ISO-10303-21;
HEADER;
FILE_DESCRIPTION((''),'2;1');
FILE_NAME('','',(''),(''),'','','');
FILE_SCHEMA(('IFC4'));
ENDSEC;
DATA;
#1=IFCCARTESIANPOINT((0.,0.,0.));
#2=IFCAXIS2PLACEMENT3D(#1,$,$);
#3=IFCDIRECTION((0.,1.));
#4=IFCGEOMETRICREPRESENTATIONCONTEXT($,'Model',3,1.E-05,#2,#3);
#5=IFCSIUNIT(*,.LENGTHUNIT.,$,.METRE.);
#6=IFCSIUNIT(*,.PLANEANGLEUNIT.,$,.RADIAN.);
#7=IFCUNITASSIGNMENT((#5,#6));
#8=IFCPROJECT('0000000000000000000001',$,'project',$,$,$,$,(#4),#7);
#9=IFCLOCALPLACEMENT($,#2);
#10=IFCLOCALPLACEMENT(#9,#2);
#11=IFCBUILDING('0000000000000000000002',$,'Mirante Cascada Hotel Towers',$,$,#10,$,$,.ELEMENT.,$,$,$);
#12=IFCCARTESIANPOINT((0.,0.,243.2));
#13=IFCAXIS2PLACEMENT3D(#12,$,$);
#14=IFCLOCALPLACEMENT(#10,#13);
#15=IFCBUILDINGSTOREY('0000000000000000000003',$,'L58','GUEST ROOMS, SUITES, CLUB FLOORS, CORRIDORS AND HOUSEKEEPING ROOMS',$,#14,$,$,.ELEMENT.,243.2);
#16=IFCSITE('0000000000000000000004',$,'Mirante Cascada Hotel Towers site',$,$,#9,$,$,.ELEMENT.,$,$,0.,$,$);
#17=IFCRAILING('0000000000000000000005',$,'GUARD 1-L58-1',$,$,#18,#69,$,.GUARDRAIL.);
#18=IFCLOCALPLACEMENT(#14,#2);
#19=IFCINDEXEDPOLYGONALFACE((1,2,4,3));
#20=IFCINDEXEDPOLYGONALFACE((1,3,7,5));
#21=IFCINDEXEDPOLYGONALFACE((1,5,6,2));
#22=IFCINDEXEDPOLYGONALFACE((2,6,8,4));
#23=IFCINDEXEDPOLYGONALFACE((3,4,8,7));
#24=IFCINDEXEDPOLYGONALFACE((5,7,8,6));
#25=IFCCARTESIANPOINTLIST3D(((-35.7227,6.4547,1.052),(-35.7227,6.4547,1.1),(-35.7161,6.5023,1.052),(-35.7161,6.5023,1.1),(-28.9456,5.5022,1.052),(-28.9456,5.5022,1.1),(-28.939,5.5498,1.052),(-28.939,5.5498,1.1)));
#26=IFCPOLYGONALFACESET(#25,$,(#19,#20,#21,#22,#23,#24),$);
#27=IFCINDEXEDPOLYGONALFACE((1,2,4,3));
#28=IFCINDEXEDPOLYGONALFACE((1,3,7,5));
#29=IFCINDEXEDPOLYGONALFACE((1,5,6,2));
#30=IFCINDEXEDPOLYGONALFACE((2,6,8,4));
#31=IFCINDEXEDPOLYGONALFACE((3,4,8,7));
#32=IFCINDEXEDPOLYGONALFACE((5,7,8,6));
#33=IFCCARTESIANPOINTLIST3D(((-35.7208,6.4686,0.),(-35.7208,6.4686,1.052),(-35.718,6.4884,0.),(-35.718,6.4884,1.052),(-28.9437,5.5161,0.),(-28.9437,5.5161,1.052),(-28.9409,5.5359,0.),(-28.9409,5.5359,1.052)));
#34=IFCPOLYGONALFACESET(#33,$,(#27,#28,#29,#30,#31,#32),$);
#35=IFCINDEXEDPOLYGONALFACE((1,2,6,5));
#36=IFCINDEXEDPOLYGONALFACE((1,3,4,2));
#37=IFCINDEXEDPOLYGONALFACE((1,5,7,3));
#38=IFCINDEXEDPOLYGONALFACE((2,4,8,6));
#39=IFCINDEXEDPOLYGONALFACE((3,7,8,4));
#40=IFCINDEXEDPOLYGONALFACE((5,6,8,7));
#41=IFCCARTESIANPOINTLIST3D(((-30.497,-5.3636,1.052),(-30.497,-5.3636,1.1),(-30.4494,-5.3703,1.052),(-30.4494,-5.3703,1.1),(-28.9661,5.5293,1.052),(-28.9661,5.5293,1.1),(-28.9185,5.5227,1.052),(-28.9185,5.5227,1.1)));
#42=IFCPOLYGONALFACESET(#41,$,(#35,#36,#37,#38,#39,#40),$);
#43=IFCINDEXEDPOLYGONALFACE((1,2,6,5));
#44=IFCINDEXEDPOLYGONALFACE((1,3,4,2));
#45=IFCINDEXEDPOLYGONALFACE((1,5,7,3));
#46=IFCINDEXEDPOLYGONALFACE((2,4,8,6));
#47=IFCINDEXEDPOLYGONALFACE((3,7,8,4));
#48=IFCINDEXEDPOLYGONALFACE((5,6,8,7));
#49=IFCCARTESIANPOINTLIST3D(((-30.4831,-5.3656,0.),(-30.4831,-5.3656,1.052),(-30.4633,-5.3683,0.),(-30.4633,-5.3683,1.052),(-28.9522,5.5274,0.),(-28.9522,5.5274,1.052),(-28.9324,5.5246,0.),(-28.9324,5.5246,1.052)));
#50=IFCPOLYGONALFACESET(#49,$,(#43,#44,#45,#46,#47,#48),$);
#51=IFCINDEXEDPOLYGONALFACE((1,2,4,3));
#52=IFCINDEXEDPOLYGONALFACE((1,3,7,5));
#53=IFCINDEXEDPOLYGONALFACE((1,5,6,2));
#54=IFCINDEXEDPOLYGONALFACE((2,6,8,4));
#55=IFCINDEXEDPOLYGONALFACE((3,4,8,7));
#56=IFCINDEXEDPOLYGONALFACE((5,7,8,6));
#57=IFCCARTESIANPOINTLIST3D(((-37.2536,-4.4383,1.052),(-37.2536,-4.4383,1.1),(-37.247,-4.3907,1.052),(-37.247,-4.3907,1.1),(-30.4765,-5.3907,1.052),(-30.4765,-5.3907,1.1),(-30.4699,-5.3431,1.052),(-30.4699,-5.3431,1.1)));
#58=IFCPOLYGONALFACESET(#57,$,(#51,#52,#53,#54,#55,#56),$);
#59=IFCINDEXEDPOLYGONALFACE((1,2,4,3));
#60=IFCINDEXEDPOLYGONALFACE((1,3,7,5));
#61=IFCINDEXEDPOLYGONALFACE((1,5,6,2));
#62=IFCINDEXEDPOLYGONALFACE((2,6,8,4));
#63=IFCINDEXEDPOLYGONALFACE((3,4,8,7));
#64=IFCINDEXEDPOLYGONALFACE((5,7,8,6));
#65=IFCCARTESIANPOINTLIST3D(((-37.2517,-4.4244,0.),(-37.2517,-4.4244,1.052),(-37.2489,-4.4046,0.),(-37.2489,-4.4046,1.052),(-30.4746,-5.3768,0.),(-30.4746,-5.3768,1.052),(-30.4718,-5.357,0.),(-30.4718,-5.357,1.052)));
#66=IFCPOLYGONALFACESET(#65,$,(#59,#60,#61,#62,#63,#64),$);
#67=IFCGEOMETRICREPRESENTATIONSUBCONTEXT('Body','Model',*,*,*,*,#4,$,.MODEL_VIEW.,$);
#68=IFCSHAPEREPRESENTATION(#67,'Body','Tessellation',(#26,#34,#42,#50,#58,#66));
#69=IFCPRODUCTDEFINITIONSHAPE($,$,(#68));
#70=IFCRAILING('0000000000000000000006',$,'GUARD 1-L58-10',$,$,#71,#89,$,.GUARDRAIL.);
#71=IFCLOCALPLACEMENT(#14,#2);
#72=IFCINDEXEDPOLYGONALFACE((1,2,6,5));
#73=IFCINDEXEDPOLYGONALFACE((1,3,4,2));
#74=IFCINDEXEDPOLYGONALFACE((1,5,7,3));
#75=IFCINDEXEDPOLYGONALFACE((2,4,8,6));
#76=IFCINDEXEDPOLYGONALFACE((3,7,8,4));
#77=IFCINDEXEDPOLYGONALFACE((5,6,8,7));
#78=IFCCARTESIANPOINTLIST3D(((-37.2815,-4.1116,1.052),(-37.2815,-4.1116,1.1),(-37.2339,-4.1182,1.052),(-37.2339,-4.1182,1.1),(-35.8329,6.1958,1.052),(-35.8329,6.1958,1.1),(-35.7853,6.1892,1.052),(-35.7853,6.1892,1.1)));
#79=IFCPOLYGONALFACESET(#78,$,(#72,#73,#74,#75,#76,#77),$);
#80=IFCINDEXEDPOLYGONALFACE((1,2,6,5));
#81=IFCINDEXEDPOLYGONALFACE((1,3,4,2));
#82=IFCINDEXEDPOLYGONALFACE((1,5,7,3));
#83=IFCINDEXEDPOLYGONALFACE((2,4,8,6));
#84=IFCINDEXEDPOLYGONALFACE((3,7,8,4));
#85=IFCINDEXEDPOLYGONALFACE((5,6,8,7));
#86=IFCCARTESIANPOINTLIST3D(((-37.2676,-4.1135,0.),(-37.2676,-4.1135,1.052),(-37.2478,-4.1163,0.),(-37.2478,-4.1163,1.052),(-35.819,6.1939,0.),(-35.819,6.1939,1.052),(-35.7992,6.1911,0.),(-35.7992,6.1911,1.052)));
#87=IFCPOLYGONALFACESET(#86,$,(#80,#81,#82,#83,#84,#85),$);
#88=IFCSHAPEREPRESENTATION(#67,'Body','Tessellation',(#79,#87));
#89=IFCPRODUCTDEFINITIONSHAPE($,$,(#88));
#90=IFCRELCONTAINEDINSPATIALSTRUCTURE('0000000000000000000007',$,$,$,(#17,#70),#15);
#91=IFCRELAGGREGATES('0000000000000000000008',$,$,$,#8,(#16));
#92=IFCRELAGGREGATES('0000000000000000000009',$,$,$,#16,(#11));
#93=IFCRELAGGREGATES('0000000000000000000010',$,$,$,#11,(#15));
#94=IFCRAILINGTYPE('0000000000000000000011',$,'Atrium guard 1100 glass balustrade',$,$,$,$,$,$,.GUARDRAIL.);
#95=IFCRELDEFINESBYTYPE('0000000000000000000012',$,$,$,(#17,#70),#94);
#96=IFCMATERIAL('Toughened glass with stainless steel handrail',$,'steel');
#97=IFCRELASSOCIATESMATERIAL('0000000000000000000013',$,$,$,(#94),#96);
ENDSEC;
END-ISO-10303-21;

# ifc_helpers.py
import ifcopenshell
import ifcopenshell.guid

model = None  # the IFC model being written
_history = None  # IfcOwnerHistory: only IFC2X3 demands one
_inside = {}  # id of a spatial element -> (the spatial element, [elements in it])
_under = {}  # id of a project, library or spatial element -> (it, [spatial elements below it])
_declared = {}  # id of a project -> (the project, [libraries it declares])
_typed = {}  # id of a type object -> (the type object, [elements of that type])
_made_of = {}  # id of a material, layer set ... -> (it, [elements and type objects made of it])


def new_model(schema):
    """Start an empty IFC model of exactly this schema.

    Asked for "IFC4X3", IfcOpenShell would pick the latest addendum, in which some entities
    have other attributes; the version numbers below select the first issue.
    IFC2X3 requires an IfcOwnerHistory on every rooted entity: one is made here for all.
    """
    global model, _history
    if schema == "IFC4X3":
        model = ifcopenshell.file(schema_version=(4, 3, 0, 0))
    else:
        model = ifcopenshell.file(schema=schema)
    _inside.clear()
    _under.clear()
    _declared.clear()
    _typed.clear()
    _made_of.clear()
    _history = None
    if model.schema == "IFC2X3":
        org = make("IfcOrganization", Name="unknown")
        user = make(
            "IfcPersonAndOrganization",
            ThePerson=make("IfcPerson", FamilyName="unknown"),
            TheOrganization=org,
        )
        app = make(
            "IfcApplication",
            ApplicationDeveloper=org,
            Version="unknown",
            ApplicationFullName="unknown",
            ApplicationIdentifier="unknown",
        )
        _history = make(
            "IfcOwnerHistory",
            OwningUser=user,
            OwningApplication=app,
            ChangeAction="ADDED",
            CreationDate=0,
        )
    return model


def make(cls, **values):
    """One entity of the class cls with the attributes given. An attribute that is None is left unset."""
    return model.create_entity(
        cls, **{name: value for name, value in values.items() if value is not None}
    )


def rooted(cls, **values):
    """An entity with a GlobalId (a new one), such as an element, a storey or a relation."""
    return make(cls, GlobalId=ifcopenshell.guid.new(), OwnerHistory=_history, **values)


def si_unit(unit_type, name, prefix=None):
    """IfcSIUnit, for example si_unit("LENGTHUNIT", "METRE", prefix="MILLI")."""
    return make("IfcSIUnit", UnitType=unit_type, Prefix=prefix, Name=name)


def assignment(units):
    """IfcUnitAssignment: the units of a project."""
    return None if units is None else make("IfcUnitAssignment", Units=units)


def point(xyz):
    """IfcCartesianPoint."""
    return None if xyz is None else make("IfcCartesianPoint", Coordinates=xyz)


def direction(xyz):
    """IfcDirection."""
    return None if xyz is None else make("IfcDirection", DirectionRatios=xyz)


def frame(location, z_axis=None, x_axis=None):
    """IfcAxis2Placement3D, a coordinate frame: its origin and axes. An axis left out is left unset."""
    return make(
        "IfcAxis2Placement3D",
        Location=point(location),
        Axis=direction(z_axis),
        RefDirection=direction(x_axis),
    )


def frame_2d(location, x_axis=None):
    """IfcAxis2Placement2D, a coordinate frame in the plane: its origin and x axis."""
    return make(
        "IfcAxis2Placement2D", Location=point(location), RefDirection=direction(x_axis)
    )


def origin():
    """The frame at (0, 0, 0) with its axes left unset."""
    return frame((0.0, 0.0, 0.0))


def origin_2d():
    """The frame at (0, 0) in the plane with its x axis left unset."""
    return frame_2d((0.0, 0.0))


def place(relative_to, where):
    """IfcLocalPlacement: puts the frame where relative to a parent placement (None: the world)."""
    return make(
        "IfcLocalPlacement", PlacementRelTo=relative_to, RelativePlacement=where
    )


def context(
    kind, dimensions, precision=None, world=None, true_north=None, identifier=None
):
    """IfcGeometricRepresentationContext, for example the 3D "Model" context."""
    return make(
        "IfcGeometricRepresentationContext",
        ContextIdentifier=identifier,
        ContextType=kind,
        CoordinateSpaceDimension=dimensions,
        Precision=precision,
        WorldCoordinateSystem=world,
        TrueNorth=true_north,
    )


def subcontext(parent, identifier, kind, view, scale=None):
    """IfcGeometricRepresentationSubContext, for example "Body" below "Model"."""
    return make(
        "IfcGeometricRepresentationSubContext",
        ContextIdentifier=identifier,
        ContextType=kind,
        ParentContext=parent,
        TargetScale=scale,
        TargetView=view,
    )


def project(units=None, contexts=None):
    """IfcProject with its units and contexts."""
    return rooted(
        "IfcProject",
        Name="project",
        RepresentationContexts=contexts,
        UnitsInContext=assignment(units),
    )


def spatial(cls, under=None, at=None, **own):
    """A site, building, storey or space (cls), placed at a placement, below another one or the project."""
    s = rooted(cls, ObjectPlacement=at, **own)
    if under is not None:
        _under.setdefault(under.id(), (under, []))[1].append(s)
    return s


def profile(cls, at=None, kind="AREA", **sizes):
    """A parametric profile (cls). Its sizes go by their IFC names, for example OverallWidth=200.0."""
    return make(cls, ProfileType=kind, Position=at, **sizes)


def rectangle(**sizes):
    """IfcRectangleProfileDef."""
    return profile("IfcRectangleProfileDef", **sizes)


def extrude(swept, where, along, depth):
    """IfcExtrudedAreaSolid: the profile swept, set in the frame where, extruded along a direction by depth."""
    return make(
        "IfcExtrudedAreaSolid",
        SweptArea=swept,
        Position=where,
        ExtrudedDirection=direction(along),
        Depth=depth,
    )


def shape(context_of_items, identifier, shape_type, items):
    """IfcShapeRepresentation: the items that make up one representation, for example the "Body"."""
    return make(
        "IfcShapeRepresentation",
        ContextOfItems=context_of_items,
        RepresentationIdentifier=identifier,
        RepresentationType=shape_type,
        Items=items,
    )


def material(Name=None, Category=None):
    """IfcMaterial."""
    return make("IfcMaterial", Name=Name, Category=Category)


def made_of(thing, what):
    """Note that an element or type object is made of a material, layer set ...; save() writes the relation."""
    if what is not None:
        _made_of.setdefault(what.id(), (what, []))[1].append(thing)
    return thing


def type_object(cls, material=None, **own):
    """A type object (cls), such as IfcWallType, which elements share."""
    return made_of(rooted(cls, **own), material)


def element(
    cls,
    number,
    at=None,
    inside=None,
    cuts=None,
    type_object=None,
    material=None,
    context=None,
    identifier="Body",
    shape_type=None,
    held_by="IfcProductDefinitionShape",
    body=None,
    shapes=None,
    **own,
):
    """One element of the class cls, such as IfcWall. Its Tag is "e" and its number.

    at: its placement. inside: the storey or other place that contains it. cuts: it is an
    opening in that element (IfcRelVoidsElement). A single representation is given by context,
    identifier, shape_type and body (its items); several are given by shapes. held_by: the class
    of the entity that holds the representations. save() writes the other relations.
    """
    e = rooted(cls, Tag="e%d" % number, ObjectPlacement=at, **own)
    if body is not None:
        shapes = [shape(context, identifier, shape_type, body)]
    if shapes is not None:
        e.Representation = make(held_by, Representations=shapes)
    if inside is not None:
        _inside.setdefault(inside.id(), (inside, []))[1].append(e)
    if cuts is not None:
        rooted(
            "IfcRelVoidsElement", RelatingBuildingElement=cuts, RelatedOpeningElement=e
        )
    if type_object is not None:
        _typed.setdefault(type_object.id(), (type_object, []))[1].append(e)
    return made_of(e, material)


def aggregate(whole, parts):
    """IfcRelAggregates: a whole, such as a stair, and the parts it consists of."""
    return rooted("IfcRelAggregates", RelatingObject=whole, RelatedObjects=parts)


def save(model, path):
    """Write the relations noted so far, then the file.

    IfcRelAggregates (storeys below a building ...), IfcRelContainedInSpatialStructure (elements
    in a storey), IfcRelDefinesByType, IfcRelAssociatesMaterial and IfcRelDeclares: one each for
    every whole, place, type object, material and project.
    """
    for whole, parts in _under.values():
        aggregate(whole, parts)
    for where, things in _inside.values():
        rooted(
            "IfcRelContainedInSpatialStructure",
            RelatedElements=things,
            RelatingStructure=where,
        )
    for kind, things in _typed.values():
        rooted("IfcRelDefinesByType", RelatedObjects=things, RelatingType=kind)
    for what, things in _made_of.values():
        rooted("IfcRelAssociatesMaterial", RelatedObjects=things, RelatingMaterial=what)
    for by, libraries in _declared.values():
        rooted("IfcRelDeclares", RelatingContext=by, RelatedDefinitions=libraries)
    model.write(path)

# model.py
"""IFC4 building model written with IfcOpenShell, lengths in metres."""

from ifc_helpers import new_model, si_unit, direction, frame, origin, origin_2d, place, context, subcontext, project, spatial, rectangle, extrude, material, type_object, element, save


model = new_model("IFC4")

# Units and contexts
model_context = context("Model", 3, precision=1e-05, world=origin(), true_north=direction((0.0, 1.0)))
body_context = subcontext(model_context, "Body", "Model", "MODEL_VIEW")
ifc_project = project(units=[si_unit("LENGTHUNIT", "METRE"), si_unit("PLANEANGLEUNIT", "RADIAN")], contexts=[model_context])

# Site, building, storey
site_placement = place(None, origin())
site = spatial("IfcSite", under=ifc_project, at=site_placement, Name="Mirante Cascada Hotel Towers site", CompositionType="ELEMENT", RefElevation=0.0)
building_placement = place(site_placement, origin())
building = spatial("IfcBuilding", under=site, at=building_placement, Name="Mirante Cascada Hotel Towers", CompositionType="ELEMENT")
storey_placement = place(building_placement, frame((0.0, 0.0, 243.2)))
storey = spatial("IfcBuildingStorey", under=building, at=storey_placement, Name="L58", Description="GUEST ROOMS, SUITES, CLUB FLOORS, CORRIDORS AND HOUSEKEEPING ROOMS", CompositionType="ELEMENT", Elevation=243.2)

# Railings
ifc_material_1 = material(Name="Toughened glass with stainless steel handrail", Category="steel")
railing_type = type_object("IfcRailingType", Name="Atrium guard 1100 glass balustrade", PredefinedType="GUARDRAIL", material=ifc_material_1)
railing_1_placement = place(storey_placement, frame((-35.7194, 6.4785, 0.0)))
element("IfcRailing", 1, at=railing_1_placement, inside=storey, type_object=railing_type, Name="GUARD 1-L58-1", PredefinedType="GUARDRAIL", context=body_context, shape_type="SweptSolid", body=[
    extrude(rectangle(XDim=0.048, YDim=0.048, at=origin_2d()), frame((0.0, 0.0, 1.076), z_axis=(0.990267, -0.139179, 0.0), x_axis=(0.139179, 0.990267, 0.0)), (0.0, 0.0, 1.0), 6.8437),
    extrude(rectangle(XDim=0.02, YDim=1.052, at=origin_2d()), frame((0.0, 0.0, 0.526), z_axis=(0.990267, -0.139179, 0.0), x_axis=(0.139179, 0.990267, 0.0)), (0.0, 0.0, 1.0), 6.8437),
    extrude(rectangle(XDim=0.048, YDim=0.048, at=origin_2d()), frame((6.7771, -0.9525, 1.076), z_axis=(-0.139173, -0.990268, 0.0), x_axis=(0.990268, -0.139173, 0.0)), (0.0, 0.0, 1.0), 11.0),
    extrude(rectangle(XDim=0.02, YDim=1.052, at=origin_2d()), frame((6.7771, -0.9525, 0.526), z_axis=(-0.139173, -0.990268, 0.0), x_axis=(0.990268, -0.139173, 0.0)), (0.0, 0.0, 1.0), 11.0),
    extrude(rectangle(XDim=0.048, YDim=0.048, at=origin_2d()), frame((5.2462, -11.8454, 1.076), z_axis=(-0.990269, 0.139165, 0.0), x_axis=(-0.139165, -0.990269, 0.0)), (0.0, 0.0, 1.0), 6.8437),
    extrude(rectangle(XDim=0.02, YDim=1.052, at=origin_2d()), frame((5.2462, -11.8454, 0.526), z_axis=(-0.990269, 0.139165, 0.0), x_axis=(-0.139165, -0.990269, 0.0)), (0.0, 0.0, 1.0), 6.8437),
])
railing_2_placement = place(storey_placement, frame((-35.8091, 6.1925, 0.0)))
element("IfcRailing", 2, at=railing_2_placement, inside=storey, type_object=railing_type, Name="GUARD 1-L58-10", PredefinedType="GUARDRAIL", context=body_context, shape_type="SweptSolid", body=[
    extrude(rectangle(XDim=0.048, YDim=0.048, at=origin_2d()), frame((0.0, 0.0, 1.076), z_axis=(-0.139172, -0.990268, 0.0), x_axis=(0.990268, -0.139172, 0.0)), (0.0, 0.0, 1.0), 10.4087),
    extrude(rectangle(XDim=0.02, YDim=1.052, at=origin_2d()), frame((0.0, 0.0, 0.526), z_axis=(-0.139172, -0.990268, 0.0), x_axis=(0.990268, -0.139172, 0.0)), (0.0, 0.0, 1.0), 10.4087),
])

save(model, "model.ifc")
